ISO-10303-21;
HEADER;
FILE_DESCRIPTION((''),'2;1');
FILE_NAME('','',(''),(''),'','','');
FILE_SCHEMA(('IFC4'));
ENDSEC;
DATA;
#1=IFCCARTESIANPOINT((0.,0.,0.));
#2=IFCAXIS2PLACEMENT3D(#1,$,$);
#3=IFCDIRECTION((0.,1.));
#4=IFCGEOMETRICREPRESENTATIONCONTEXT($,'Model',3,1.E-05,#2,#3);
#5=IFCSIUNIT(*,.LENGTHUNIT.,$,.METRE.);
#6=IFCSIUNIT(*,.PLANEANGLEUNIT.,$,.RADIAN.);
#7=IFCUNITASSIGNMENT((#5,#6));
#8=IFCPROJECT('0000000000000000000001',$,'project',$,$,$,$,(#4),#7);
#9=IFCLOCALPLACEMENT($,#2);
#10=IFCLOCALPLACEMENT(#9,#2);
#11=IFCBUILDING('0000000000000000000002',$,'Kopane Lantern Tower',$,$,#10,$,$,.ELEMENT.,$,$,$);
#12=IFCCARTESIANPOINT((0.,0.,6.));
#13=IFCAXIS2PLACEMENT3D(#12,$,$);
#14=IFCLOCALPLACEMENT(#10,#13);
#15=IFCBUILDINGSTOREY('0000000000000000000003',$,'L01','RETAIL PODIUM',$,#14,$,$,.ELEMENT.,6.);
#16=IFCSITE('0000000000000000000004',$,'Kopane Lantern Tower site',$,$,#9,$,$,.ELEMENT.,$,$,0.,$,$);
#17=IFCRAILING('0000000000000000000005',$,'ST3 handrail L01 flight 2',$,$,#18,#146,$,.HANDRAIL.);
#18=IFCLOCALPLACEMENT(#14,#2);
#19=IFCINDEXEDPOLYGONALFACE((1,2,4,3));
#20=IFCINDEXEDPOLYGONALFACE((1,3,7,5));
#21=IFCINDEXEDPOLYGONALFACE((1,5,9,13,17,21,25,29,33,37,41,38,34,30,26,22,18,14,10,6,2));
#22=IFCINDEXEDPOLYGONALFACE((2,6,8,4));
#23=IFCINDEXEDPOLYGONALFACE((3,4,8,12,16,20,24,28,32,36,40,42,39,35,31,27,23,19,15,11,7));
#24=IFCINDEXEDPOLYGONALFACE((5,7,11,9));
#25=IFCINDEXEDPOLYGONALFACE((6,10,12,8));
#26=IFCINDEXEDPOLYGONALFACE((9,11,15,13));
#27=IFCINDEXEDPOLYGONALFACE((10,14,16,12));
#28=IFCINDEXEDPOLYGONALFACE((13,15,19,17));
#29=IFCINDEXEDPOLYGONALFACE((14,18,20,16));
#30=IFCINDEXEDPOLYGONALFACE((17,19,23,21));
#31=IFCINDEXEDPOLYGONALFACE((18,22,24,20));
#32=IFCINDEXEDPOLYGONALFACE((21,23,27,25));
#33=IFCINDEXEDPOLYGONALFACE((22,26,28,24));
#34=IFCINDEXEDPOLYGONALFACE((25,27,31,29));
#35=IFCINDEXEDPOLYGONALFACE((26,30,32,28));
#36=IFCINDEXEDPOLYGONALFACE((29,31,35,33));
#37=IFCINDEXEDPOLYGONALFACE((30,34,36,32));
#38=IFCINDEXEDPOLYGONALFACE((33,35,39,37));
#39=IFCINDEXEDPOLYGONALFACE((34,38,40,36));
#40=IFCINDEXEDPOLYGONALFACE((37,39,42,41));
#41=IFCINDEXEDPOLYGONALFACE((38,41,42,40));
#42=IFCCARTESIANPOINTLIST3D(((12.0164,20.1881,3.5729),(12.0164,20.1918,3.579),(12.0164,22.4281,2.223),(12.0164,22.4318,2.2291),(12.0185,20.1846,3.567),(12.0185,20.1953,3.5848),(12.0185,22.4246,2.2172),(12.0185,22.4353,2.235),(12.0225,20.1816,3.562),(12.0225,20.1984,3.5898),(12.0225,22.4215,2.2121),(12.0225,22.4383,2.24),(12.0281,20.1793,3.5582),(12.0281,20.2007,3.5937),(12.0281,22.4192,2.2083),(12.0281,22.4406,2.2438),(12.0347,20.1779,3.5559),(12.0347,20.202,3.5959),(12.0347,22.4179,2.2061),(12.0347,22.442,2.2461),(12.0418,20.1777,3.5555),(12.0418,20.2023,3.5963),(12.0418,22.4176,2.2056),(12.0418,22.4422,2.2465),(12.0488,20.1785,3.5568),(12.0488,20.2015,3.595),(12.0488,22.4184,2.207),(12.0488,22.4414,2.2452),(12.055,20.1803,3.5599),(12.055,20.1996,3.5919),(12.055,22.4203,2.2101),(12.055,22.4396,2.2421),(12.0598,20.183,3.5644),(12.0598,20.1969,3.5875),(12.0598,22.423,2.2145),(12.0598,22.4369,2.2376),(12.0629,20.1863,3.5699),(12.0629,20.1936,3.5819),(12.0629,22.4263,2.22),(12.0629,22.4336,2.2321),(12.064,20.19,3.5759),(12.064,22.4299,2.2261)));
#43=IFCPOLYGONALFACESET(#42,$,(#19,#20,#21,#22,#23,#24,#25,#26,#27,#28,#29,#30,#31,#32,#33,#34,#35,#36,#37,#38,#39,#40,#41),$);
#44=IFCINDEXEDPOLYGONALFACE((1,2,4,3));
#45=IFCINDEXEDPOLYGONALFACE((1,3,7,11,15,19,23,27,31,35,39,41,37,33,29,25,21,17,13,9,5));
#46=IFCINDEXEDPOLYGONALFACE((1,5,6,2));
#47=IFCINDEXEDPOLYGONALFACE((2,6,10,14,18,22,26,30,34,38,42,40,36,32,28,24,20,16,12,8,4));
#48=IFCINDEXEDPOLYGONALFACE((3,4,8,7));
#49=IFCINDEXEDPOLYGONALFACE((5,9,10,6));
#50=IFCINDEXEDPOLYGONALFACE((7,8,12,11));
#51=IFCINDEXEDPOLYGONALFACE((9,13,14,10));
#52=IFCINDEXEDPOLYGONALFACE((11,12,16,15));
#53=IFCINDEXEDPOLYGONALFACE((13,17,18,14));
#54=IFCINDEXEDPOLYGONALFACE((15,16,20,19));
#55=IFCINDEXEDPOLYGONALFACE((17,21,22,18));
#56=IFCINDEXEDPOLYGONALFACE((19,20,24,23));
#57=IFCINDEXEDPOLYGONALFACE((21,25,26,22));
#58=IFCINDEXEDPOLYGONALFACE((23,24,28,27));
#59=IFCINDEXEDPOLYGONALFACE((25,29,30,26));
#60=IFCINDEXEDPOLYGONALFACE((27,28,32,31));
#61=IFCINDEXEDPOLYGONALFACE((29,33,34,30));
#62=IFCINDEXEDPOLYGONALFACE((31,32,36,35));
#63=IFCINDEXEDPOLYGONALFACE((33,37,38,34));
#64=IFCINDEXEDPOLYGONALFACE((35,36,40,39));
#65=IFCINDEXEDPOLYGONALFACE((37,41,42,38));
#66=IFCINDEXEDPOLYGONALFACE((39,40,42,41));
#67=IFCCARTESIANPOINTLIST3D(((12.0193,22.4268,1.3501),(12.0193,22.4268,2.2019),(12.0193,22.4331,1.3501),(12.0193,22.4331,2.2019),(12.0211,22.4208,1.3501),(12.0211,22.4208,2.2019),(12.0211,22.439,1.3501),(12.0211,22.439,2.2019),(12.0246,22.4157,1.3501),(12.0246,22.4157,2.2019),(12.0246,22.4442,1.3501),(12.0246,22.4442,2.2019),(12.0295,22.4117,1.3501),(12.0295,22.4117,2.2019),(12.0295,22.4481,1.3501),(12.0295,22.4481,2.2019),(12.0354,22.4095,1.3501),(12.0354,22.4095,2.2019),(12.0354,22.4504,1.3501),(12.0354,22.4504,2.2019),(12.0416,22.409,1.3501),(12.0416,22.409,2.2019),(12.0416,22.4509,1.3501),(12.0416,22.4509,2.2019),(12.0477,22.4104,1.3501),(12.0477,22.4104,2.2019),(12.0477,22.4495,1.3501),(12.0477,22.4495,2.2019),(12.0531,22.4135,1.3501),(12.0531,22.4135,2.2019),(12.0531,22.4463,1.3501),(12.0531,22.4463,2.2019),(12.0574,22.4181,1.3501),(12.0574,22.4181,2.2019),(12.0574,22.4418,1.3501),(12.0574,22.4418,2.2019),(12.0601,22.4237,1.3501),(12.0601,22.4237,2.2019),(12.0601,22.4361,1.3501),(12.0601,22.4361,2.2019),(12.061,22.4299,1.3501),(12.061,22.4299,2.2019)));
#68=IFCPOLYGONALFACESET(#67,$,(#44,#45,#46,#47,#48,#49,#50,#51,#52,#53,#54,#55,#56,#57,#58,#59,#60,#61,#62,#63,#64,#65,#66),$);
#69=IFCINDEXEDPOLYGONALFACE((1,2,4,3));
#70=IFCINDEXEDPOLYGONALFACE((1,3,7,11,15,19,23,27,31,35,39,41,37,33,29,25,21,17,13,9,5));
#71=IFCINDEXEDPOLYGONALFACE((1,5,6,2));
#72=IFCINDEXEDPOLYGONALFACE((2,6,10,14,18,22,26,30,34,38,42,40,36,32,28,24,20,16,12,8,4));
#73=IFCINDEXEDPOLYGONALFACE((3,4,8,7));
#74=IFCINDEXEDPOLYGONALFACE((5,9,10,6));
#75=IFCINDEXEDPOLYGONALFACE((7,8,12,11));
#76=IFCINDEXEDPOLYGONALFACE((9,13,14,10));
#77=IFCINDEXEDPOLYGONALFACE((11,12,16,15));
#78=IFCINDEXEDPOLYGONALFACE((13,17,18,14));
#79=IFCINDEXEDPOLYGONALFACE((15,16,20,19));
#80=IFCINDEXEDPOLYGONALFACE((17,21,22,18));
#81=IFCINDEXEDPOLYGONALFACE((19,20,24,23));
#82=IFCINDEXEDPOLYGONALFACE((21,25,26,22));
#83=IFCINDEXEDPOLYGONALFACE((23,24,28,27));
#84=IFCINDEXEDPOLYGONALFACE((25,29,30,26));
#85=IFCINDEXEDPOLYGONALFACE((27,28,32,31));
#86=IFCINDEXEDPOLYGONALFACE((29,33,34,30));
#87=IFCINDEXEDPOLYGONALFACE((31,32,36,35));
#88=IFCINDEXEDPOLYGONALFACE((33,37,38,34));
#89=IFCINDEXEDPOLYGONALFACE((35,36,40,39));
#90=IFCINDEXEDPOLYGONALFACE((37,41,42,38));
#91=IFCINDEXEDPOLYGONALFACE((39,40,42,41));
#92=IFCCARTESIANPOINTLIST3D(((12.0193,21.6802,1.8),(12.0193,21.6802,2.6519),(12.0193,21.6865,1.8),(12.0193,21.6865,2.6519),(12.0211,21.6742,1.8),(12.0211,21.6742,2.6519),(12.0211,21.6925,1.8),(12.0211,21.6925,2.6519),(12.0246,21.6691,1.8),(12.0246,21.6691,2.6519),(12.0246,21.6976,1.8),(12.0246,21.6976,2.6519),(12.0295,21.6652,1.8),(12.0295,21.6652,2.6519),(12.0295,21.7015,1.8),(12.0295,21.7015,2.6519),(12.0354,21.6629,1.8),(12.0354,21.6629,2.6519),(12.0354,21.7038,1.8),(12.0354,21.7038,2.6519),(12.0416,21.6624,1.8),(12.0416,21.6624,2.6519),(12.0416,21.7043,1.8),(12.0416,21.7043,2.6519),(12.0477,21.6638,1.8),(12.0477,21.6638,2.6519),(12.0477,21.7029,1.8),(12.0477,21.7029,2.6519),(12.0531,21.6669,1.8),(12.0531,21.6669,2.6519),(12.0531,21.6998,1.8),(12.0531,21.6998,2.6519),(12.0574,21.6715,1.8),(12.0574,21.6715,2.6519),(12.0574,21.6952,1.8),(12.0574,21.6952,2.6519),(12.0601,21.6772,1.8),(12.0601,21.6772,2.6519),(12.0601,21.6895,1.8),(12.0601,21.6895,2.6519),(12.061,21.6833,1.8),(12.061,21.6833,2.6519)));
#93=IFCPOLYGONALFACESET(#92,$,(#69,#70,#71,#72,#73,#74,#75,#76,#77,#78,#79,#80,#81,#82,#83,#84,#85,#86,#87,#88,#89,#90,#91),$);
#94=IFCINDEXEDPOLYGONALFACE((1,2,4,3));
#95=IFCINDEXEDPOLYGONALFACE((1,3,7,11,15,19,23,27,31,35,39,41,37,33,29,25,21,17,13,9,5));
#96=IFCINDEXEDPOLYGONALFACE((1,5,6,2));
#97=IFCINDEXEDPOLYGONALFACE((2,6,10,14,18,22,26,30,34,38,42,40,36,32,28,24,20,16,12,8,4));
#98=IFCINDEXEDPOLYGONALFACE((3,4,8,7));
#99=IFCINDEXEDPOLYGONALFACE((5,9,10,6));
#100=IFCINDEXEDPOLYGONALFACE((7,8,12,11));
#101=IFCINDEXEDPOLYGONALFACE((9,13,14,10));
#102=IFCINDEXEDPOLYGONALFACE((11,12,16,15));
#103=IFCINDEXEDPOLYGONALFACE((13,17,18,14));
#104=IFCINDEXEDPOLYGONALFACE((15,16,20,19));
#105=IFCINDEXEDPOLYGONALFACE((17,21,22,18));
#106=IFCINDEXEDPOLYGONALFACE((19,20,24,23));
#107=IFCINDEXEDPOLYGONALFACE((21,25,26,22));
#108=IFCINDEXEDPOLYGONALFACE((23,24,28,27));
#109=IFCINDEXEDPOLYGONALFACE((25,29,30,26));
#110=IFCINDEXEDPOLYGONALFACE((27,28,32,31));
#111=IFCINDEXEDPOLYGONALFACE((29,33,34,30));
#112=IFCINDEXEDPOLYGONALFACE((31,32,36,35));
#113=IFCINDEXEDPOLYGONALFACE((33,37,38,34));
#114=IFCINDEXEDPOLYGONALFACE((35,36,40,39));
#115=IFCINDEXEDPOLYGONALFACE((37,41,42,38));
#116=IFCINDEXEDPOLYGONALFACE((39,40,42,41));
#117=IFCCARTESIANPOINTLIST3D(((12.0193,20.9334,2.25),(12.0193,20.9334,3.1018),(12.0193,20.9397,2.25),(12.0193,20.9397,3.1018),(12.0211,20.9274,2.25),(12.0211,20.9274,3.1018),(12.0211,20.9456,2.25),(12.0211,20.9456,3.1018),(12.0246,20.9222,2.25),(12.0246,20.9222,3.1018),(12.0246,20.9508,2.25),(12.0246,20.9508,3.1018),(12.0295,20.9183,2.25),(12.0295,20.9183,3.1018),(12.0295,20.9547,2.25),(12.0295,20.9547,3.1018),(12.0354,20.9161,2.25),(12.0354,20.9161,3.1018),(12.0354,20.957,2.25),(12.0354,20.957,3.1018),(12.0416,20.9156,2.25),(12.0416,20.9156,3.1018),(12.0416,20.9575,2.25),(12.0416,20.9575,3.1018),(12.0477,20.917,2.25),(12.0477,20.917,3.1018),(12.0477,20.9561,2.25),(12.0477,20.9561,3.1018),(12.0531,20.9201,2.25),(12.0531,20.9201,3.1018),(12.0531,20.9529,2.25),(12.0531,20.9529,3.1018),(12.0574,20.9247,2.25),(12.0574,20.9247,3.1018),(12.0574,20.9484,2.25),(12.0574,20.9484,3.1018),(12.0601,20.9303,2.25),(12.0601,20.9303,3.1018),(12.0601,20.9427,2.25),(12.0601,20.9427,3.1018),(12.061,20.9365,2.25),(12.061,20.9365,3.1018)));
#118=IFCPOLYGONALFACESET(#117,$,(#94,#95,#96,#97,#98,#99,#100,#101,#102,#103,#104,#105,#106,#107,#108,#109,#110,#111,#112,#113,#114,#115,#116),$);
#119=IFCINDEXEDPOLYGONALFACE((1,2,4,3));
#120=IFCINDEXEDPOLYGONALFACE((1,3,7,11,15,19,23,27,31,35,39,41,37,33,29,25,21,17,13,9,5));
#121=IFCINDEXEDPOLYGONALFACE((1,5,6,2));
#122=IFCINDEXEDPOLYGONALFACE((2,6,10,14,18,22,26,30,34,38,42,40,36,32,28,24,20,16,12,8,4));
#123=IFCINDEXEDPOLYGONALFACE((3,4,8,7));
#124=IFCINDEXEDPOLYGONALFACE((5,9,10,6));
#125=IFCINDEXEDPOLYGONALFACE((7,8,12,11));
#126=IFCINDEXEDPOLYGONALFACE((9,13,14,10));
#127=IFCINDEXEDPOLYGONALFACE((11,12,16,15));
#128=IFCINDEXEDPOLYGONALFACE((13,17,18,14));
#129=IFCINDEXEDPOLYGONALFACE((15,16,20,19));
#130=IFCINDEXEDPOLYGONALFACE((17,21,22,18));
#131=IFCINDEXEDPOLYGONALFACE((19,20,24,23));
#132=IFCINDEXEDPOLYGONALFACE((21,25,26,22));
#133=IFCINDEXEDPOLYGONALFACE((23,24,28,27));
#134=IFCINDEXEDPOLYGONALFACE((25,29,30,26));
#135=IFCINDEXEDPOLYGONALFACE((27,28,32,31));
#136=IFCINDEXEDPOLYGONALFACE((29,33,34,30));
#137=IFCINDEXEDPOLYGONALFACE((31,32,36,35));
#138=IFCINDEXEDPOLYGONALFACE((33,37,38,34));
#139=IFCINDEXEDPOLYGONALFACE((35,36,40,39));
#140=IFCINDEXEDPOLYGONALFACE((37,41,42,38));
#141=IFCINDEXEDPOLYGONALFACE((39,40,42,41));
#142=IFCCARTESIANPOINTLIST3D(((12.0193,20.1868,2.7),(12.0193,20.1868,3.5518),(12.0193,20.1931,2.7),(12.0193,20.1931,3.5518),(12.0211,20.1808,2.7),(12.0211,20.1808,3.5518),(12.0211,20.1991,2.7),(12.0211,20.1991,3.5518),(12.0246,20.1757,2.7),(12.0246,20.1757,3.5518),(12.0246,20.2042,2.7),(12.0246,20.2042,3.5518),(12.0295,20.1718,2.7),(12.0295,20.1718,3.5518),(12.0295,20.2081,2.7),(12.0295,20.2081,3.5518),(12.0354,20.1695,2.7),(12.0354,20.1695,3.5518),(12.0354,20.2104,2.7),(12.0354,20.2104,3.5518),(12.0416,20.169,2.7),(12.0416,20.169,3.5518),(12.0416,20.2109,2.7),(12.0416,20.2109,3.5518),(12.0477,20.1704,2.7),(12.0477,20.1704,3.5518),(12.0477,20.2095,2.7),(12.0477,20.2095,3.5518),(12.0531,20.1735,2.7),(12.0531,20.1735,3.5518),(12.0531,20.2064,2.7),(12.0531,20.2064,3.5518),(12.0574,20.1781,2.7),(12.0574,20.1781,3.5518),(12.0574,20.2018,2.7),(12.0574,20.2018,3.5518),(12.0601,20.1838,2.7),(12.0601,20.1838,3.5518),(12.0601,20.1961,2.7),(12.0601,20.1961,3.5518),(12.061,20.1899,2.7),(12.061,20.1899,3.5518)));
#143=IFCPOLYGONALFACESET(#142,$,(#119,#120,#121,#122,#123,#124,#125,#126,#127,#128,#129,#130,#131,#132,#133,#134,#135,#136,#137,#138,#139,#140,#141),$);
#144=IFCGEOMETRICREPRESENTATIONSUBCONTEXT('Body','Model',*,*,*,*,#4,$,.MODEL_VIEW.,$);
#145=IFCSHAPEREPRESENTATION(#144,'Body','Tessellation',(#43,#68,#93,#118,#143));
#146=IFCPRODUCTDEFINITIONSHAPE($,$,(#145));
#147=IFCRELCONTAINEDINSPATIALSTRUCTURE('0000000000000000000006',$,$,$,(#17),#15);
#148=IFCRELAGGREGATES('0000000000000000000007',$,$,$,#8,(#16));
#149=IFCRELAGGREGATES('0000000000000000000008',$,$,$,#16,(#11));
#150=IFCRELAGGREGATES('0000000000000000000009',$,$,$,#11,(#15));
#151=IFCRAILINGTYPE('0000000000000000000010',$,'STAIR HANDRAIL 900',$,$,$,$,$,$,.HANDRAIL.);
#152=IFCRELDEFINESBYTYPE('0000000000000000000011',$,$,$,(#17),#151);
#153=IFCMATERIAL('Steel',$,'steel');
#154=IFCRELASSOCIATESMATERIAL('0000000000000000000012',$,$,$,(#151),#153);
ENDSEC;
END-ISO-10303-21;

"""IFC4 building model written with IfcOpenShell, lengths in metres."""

from ifc_helpers import new_model, si_unit, direction, frame, origin, origin_2d, place, context, subcontext, project, spatial, circle, extrude, material, type_object, element, save


model = new_model("IFC4")

# Units and contexts
model_context = context("Model", 3, precision=1e-05, world=origin(), true_north=direction((0.0, 1.0)))
body_context = subcontext(model_context, "Body", "Model", "MODEL_VIEW")
ifc_project = project(units=[si_unit("LENGTHUNIT", "METRE"), si_unit("PLANEANGLEUNIT", "RADIAN")], contexts=[model_context])

# Site, building, storey
site_placement = place(None, origin())
site = spatial("IfcSite", under=ifc_project, at=site_placement, Name="Kopane Lantern Tower site", CompositionType="ELEMENT", RefElevation=0.0)
building_placement = place(site_placement, origin())
building = spatial("IfcBuilding", under=site, at=building_placement, Name="Kopane Lantern Tower", CompositionType="ELEMENT")
storey_placement = place(building_placement, frame((0.0, 0.0, 6.0)))
storey = spatial("IfcBuildingStorey", under=building, at=storey_placement, Name="L01", Description="RETAIL PODIUM", CompositionType="ELEMENT", Elevation=6.0)

# Railing
ifc_material_1 = material(Name="Steel", Category="steel")
railing_type_1 = type_object("IfcRailingType", Name="STAIR HANDRAIL 900", PredefinedType="HANDRAIL", material=ifc_material_1)
for number, where, name in (
    (1, (12.04, 22.4299, 1.3501), "ST3 handrail L01 flight 2"),
):
    element("IfcRailing", number, at=place(storey_placement, frame(where)), inside=storey, type_object=railing_type_1, Name=name, PredefinedType="HANDRAIL", context=body_context, shape_type="SweptSolid", body=[
        extrude(circle(Radius=0.0239, at=origin_2d()), frame((0.0, 0.0, 0.876), z_axis=(0.0, -0.856503, 0.516142), x_axis=(1.0, 0.0, 0.0)), (0.0, 0.0, 1.0), 2.6152),
        extrude(circle(Radius=0.021, at=origin_2d()), origin(), (0.0, 0.0, 1.0), 0.8518),
        extrude(circle(Radius=0.021, at=origin_2d()), frame((0.0, -0.7466, 0.45)), (0.0, 0.0, 1.0), 0.8518),
        extrude(circle(Radius=0.021, at=origin_2d()), frame((0.0, -1.4934, 0.8999)), (0.0, 0.0, 1.0), 0.8518),
        extrude(circle(Radius=0.021, at=origin_2d()), frame((0.0, -2.24, 1.3499)), (0.0, 0.0, 1.0), 0.8518),
    ])

save(model, "model.ifc")
